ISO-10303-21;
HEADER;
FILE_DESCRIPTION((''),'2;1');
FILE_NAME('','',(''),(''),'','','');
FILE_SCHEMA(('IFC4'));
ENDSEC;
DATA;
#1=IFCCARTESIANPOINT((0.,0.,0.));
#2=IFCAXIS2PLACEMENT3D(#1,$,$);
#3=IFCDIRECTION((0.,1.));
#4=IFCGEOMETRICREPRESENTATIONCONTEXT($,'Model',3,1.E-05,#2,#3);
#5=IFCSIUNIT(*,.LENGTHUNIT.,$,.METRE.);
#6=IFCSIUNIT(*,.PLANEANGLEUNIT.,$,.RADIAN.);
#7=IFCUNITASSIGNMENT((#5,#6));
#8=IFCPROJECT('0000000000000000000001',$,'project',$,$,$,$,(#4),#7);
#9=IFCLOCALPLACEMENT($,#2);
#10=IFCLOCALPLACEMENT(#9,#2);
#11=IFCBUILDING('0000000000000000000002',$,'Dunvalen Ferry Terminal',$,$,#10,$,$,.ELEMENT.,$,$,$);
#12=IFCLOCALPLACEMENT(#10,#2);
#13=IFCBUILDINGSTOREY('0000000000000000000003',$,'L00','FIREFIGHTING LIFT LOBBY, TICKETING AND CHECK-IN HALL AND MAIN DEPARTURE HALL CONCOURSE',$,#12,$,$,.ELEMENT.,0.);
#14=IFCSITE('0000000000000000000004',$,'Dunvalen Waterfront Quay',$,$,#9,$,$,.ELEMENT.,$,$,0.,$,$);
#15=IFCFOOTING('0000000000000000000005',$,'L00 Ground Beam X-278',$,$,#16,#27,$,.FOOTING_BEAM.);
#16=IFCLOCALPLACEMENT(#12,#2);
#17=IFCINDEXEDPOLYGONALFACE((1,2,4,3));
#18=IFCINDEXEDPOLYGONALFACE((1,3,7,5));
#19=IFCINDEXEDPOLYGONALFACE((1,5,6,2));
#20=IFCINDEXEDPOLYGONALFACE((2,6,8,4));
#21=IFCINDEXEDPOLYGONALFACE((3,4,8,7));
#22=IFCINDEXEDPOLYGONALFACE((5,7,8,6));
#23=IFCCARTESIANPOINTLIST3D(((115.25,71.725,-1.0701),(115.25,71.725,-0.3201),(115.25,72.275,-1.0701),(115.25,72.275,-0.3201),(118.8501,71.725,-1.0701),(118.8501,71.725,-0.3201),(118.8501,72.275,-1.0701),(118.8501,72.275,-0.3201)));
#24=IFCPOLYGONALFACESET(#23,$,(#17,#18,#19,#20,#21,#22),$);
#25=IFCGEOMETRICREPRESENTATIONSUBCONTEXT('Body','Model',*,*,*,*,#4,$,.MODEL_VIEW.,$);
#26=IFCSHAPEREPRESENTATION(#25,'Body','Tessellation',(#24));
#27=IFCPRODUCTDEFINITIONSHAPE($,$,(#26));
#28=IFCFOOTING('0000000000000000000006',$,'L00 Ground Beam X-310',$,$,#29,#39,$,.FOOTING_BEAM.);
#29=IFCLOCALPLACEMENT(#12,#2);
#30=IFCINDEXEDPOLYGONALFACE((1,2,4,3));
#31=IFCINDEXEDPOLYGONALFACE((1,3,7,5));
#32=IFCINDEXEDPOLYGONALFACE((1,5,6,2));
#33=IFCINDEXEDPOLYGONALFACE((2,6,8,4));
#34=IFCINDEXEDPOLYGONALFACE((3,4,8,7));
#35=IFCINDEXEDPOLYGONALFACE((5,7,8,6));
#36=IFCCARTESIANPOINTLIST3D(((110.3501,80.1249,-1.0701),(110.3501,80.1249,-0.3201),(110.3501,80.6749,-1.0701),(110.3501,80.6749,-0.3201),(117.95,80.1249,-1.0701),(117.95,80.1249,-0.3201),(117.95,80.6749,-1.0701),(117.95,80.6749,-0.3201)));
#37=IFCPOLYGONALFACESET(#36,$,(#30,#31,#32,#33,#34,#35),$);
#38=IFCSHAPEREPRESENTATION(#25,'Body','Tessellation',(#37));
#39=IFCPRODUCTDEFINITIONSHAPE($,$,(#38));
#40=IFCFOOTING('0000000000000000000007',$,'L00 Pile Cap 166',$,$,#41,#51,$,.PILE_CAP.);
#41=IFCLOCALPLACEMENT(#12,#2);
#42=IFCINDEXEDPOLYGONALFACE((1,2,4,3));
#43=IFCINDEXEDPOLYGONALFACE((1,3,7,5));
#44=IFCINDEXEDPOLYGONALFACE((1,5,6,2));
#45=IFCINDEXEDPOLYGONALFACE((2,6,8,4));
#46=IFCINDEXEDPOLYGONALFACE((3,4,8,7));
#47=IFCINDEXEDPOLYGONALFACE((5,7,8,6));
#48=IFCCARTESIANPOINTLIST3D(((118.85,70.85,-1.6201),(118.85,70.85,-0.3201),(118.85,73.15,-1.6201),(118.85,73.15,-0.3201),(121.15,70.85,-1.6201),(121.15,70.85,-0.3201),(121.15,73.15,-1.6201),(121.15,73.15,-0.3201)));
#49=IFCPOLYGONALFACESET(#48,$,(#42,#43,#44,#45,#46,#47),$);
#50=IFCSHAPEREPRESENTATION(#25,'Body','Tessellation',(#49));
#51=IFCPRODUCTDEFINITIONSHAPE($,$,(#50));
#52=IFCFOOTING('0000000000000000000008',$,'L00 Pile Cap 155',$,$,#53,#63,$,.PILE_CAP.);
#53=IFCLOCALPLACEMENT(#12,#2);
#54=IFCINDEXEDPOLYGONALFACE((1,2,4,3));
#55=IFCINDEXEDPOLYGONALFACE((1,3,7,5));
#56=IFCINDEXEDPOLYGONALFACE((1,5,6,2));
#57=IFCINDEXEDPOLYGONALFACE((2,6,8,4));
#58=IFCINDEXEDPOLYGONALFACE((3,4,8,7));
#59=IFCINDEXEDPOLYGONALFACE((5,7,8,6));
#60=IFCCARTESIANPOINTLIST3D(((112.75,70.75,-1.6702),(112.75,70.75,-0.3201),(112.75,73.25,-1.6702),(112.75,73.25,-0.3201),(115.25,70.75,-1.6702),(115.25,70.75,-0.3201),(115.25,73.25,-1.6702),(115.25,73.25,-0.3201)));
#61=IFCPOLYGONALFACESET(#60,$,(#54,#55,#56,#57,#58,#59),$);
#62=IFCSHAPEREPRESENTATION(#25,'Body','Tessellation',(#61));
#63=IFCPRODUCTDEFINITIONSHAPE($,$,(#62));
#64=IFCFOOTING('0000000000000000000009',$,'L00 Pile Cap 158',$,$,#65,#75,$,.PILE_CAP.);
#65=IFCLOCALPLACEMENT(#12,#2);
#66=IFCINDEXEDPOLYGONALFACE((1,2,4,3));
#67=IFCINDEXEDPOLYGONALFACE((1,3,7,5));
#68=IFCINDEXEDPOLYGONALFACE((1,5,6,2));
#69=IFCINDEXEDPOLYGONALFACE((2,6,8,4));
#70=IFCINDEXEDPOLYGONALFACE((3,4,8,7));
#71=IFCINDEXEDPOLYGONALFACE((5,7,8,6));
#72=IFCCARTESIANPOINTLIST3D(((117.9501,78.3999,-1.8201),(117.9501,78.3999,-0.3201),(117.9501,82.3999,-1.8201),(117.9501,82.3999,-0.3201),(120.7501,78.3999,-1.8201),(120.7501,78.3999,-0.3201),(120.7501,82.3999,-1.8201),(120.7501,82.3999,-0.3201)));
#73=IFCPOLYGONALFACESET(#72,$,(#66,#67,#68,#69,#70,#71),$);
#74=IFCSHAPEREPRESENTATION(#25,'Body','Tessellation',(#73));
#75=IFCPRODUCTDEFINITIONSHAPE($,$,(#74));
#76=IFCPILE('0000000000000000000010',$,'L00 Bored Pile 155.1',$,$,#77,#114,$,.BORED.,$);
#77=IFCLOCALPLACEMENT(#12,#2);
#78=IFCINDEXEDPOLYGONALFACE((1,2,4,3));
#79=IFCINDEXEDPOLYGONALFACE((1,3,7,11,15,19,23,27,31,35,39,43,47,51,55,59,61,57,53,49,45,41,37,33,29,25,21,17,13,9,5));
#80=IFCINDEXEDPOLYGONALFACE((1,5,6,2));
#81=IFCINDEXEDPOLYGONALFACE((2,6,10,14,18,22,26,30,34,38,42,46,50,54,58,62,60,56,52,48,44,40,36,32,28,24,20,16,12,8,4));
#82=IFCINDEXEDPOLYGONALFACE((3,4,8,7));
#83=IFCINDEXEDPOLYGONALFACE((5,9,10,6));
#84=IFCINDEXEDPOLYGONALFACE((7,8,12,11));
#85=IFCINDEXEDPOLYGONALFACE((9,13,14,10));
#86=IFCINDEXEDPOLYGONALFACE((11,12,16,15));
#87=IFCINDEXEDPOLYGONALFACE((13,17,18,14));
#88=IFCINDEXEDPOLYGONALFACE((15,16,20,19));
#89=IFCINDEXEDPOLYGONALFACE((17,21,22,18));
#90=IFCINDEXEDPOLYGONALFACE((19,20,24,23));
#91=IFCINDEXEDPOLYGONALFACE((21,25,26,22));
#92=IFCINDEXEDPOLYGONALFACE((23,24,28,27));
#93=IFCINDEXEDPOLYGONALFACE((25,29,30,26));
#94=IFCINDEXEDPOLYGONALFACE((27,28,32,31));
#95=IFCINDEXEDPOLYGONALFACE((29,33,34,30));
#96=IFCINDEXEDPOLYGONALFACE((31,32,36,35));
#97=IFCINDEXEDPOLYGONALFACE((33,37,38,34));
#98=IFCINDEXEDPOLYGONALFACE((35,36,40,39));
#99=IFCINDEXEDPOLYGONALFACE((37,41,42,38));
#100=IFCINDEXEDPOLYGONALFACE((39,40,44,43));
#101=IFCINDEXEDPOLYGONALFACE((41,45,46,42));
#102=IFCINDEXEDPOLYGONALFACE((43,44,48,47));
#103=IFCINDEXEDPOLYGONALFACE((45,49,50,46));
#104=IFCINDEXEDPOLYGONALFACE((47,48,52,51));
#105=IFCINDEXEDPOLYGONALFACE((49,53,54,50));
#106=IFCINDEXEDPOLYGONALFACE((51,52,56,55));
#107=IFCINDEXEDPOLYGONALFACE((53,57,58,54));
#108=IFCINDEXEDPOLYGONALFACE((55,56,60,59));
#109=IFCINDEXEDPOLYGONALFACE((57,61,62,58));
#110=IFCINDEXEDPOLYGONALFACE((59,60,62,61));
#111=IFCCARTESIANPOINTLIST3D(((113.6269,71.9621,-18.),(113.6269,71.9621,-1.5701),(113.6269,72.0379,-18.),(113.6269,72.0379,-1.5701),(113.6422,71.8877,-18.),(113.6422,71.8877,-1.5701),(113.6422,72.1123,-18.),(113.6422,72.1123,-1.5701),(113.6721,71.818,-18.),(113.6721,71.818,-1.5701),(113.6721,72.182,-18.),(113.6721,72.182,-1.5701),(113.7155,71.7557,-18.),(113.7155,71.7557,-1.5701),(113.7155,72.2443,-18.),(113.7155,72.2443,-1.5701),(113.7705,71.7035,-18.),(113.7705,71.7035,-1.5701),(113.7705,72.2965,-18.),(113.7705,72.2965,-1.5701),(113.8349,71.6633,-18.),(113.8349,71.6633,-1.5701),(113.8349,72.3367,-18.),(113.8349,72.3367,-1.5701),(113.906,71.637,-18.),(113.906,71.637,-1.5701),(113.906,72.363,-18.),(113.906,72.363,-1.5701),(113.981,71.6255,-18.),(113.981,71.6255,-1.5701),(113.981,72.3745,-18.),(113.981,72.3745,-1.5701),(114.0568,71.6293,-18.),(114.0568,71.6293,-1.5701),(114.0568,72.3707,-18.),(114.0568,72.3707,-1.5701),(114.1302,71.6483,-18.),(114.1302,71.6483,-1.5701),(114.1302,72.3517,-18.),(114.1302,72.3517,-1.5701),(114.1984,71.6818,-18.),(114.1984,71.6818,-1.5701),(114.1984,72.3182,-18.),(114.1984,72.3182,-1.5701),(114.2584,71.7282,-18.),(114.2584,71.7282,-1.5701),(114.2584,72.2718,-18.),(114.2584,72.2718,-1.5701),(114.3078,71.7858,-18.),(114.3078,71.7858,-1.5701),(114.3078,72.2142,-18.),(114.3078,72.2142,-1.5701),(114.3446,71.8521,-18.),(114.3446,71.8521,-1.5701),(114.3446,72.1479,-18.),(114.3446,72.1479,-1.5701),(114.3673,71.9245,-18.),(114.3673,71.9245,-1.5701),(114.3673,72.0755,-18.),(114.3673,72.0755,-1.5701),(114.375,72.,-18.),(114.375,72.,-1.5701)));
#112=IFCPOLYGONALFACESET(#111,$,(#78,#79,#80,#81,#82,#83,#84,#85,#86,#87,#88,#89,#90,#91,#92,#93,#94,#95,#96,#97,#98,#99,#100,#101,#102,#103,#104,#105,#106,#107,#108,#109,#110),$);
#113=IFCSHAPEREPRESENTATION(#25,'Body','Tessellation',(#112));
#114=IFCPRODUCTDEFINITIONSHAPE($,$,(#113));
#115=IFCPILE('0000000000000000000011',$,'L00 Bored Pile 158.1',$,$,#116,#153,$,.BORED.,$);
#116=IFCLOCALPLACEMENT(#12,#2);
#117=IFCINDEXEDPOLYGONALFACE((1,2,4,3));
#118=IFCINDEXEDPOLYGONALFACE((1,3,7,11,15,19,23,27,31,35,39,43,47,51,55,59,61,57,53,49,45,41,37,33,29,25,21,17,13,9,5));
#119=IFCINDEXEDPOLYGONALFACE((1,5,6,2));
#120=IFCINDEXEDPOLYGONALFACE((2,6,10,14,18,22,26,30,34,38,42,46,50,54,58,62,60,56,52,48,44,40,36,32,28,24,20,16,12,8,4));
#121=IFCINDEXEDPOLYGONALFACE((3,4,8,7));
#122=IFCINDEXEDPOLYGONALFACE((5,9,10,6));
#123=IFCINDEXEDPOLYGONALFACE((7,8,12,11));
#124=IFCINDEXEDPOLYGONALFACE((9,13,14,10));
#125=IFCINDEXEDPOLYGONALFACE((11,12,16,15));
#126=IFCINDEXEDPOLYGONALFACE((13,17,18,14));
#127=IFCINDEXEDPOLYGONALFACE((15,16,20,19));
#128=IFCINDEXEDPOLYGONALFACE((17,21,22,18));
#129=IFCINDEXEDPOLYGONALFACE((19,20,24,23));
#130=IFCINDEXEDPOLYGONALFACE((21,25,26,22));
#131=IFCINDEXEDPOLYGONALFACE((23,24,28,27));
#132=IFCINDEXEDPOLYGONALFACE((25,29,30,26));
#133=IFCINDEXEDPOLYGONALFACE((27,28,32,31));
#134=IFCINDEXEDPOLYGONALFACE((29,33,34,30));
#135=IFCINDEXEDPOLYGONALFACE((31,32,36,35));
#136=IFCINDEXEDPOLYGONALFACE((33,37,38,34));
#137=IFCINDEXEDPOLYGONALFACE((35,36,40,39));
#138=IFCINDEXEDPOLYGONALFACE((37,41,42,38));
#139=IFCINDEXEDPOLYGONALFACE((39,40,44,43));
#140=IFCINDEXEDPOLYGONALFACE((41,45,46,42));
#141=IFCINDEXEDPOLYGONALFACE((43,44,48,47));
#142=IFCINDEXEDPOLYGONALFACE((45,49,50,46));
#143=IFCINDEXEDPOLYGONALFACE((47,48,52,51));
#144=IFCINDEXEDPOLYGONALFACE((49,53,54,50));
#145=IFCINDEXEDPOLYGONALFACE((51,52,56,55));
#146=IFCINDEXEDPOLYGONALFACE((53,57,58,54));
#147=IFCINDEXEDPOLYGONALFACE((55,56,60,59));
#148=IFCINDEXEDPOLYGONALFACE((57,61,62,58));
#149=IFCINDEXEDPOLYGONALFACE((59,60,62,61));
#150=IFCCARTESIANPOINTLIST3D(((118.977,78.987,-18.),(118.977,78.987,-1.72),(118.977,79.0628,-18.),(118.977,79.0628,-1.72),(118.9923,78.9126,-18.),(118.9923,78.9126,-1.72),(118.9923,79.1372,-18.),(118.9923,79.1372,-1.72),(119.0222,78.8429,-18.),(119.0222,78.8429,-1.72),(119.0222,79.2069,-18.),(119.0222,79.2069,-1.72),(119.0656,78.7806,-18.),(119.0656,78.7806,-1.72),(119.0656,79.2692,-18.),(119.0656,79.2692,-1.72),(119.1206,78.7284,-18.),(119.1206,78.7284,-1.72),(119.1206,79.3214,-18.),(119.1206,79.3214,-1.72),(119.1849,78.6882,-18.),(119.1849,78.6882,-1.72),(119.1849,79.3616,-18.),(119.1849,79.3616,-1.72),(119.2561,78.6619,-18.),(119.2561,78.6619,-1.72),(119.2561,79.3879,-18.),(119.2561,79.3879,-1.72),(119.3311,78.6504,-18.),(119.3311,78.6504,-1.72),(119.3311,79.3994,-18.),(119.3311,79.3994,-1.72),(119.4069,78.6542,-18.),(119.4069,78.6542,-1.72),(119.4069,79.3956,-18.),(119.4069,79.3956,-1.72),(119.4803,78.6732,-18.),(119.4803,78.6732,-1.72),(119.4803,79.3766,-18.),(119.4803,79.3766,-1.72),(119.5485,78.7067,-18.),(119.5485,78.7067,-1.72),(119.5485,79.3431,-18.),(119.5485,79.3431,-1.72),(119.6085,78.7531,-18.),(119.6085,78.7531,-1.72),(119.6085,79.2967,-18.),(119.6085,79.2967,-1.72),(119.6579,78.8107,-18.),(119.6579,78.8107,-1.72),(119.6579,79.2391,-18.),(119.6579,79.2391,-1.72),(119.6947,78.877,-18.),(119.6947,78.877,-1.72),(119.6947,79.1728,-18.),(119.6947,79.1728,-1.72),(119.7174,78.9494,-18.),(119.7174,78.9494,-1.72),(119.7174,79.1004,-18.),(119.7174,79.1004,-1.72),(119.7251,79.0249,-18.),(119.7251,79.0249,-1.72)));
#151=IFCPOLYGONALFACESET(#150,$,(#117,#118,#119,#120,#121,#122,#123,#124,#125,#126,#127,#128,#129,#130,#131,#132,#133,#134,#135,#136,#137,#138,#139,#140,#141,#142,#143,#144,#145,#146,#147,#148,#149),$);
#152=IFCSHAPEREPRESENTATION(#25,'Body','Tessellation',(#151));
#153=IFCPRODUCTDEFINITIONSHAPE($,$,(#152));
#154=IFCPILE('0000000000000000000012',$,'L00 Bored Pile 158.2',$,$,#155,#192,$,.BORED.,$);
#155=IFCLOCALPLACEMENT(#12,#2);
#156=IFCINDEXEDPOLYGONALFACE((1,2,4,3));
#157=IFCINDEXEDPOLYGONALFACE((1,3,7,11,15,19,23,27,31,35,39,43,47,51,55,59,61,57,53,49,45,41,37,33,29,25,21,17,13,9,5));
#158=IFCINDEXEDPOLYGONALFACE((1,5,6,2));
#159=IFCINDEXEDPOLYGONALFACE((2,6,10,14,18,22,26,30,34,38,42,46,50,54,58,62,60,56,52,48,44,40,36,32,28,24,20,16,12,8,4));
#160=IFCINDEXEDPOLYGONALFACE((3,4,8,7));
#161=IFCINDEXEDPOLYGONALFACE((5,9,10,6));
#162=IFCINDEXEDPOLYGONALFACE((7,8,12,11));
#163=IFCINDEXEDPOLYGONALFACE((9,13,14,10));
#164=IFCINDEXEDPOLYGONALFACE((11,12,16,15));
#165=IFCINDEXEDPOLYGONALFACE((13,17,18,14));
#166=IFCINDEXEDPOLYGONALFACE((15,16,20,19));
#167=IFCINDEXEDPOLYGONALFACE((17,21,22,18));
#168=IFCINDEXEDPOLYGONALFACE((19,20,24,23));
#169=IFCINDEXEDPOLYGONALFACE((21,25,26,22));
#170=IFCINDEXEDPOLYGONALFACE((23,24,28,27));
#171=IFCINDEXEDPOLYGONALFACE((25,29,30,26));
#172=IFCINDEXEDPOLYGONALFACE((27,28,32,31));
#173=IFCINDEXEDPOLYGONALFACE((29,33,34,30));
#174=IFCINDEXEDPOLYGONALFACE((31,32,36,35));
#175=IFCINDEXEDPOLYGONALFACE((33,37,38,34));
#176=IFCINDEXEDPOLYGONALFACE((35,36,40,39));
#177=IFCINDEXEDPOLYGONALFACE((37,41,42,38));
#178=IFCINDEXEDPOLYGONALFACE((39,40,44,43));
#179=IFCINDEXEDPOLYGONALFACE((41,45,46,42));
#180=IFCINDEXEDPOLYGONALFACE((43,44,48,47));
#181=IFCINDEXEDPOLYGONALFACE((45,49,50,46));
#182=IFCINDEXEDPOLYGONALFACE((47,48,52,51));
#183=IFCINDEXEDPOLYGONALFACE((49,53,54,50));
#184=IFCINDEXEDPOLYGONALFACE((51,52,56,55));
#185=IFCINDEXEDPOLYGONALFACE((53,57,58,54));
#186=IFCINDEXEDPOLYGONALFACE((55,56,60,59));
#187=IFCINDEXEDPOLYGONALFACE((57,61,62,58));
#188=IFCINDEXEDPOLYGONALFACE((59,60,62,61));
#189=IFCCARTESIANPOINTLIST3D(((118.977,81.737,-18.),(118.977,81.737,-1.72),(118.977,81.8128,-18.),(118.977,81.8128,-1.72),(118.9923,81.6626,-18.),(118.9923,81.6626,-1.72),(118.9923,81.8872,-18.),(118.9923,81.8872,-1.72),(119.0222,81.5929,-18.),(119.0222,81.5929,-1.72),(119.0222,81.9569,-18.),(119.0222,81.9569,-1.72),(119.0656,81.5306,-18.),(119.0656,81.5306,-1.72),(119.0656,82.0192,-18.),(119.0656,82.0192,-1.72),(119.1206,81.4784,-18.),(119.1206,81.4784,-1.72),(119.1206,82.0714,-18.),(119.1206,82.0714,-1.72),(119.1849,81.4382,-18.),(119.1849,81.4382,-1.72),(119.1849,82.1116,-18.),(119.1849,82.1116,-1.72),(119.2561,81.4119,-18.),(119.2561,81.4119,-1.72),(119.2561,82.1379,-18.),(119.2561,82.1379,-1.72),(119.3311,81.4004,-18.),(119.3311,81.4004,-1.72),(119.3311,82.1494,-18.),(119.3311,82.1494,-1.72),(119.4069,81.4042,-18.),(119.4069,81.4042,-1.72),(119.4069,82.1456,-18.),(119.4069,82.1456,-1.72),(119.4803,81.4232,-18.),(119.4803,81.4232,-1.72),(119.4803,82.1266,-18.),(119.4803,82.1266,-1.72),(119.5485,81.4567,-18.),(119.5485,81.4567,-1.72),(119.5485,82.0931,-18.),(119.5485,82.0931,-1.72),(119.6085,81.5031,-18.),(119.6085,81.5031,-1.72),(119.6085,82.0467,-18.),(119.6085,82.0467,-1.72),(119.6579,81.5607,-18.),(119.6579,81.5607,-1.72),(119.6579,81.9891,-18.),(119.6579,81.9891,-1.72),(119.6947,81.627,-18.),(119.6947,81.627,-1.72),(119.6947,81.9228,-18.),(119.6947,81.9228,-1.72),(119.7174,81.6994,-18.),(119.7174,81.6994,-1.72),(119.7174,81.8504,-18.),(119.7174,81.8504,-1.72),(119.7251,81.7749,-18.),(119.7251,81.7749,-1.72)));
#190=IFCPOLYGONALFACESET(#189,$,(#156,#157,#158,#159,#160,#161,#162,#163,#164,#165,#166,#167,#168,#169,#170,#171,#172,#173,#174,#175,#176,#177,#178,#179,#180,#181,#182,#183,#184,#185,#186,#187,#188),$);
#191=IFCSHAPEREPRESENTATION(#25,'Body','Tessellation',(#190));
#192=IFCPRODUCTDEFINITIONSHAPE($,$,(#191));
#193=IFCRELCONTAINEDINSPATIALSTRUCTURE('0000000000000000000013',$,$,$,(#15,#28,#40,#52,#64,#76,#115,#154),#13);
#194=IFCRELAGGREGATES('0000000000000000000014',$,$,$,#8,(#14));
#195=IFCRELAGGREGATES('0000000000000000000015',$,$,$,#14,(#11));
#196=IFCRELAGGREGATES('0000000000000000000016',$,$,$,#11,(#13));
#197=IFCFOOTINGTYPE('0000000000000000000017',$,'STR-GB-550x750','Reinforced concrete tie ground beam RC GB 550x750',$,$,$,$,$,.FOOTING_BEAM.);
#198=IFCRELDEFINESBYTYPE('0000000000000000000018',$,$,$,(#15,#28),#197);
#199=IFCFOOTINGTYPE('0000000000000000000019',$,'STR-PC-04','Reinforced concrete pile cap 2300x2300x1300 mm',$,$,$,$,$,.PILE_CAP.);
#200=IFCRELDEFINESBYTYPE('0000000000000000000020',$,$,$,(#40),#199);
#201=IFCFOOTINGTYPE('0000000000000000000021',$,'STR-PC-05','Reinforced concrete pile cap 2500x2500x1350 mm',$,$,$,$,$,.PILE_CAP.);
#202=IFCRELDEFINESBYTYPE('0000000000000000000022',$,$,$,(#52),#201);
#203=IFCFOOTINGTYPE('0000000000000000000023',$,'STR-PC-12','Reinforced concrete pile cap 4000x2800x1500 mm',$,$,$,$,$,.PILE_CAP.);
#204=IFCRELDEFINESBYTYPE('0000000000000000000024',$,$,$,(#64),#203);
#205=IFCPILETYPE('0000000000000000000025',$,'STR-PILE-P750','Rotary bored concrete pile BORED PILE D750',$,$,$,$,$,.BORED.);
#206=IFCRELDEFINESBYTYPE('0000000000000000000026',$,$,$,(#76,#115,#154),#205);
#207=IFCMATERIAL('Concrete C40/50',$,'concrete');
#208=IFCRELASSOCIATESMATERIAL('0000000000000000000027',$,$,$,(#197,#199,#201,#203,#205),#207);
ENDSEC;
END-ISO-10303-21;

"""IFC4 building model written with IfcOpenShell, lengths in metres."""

from ifc_helpers import new_model, si_unit, direction, frame, origin, origin_2d, place, context, subcontext, project, spatial, rectangle, circle, extrude, material, material_profile, profile_set, type_object, element, save


model = new_model("IFC4")

# Units and contexts
model_context = context("Model", 3, precision=1e-05, world=origin(), true_north=direction((0.0, 1.0)))
body_context = subcontext(model_context, "Body", "Model", "MODEL_VIEW")
ifc_project = project(units=[si_unit("LENGTHUNIT", "METRE"), si_unit("PLANEANGLEUNIT", "RADIAN")], contexts=[model_context])

# Site, building, storey
site_placement = place(None, origin())
site = spatial("IfcSite", under=ifc_project, at=site_placement, Name="Dunvalen Waterfront Quay", CompositionType="ELEMENT", RefElevation=0.0)
building_placement = place(site_placement, origin())
building = spatial("IfcBuilding", under=site, at=building_placement, Name="Dunvalen Ferry Terminal", CompositionType="ELEMENT")
storey_placement = place(building_placement, origin())
storey = spatial("IfcBuildingStorey", under=building, at=storey_placement, Name="L00", Description="FIREFIGHTING LIFT LOBBY, TICKETING AND CHECK-IN HALL AND MAIN DEPARTURE HALL CONCOURSE", CompositionType="ELEMENT", Elevation=0.0)

# Footings
ifc_material_1 = material(Name="Concrete C40/50", Category="concrete")
ifc_material_profile_1 = material_profile(ifc_material_1, rectangle(XDim=0.55, YDim=0.75, at=origin_2d()), Name="Concrete C40/50")
ifc_profile_set_1 = profile_set([ifc_material_profile_1], Name="Concrete C40/50")
footing_type_1 = type_object("IfcFootingType", Name="STR-GB-550x750", Description="Reinforced concrete tie ground beam RC GB 550x750", PredefinedType="FOOTING_BEAM", material=ifc_profile_set_1)
footing_1_placement = place(storey_placement, frame((115.25, 72.0, -0.6951), z_axis=(1.0, 0.0, 0.0), x_axis=(0.0, 1.0, 0.0)))
element("IfcFooting", 1, at=footing_1_placement, inside=storey, type_object=footing_type_1, Name="L00 Ground Beam X-278", PredefinedType="FOOTING_BEAM", context=body_context, shape_type="SweptSolid", body=[
    extrude(rectangle(XDim=0.55, YDim=0.75, at=origin_2d()), origin(), (0.0, 0.0, 1.0), 3.6001),
])
footing_2_placement = place(storey_placement, frame((110.3501, 80.3999, -0.6951), z_axis=(1.0, 0.0, 0.0), x_axis=(0.0, 1.0, 0.0)))
element("IfcFooting", 2, at=footing_2_placement, inside=storey, type_object=footing_type_1, Name="L00 Ground Beam X-310", PredefinedType="FOOTING_BEAM", context=body_context, shape_type="SweptSolid", body=[
    extrude(rectangle(XDim=0.55, YDim=0.75, at=origin_2d()), origin(), (0.0, 0.0, 1.0), 7.5999),
])
footing_type_2 = type_object("IfcFootingType", Name="STR-PC-04", Description="Reinforced concrete pile cap 2300x2300x1300 mm", PredefinedType="PILE_CAP", material=ifc_material_1)
footing_3_placement = place(storey_placement, frame((120.0, 72.0, -1.6201), z_axis=(0.0, 0.0, 1.0), x_axis=(1.0, 0.0, 0.0)))
element("IfcFooting", 3, at=footing_3_placement, inside=storey, type_object=footing_type_2, Name="L00 Pile Cap 166", PredefinedType="PILE_CAP", context=body_context, shape_type="SweptSolid", body=[
    extrude(rectangle(XDim=2.3, YDim=2.3, at=origin_2d()), origin(), (0.0, 0.0, 1.0), 1.3),
])
footing_type_3 = type_object("IfcFootingType", Name="STR-PC-05", Description="Reinforced concrete pile cap 2500x2500x1350 mm", PredefinedType="PILE_CAP", material=ifc_material_1)
footing_4_placement = place(storey_placement, frame((114.0, 72.0, -1.6702), z_axis=(0.0, 0.0, 1.0), x_axis=(1.0, 0.0, 0.0)))
element("IfcFooting", 4, at=footing_4_placement, inside=storey, type_object=footing_type_3, Name="L00 Pile Cap 155", PredefinedType="PILE_CAP", context=body_context, shape_type="SweptSolid", body=[
    extrude(rectangle(XDim=2.5, YDim=2.5, at=origin_2d()), origin(), (0.0, 0.0, 1.0), 1.3501),
])
footing_type_4 = type_object("IfcFootingType", Name="STR-PC-12", Description="Reinforced concrete pile cap 4000x2800x1500 mm", PredefinedType="PILE_CAP", material=ifc_material_1)
footing_5_placement = place(storey_placement, frame((119.3501, 80.3999, -1.8201), z_axis=(0.0, 0.0, 1.0), x_axis=(0.0, 1.0, 0.0)))
element("IfcFooting", 5, at=footing_5_placement, inside=storey, type_object=footing_type_4, Name="L00 Pile Cap 158", PredefinedType="PILE_CAP", context=body_context, shape_type="SweptSolid", body=[
    extrude(rectangle(XDim=4.0, YDim=2.8, at=origin_2d()), origin(), (0.0, 0.0, 1.0), 1.5),
])

# Piles
ifc_material_profile_2 = material_profile(ifc_material_1, circle(Radius=0.375, at=origin_2d()), Name="Concrete C40/50")
ifc_profile_set_2 = profile_set([ifc_material_profile_2], Name="Concrete C40/50")
pile_type_1 = type_object("IfcPileType", Name="STR-PILE-P750", Description="Rotary bored concrete pile BORED PILE D750", PredefinedType="BORED", material=ifc_profile_set_2)
pile_1_placement = place(storey_placement, frame((114.0, 72.0, -1.5701), z_axis=(0.0, 0.0, -1.0), x_axis=(1.0, 0.0, 0.0)))
element("IfcPile", 6, at=pile_1_placement, inside=storey, type_object=pile_type_1, Name="L00 Bored Pile 155.1", PredefinedType="BORED", context=body_context, shape_type="SweptSolid", body=[
    extrude(circle(Radius=0.375, at=origin_2d()), origin(), (0.0, 0.0, 1.0), 16.4299),
])
for number, where, z_axis, x_axis, name in (
    (7, (119.3501, 79.0249, -1.72), (0.0, 0.0, -1.0), (1.0, 0.0, 0.0), "L00 Bored Pile 158.1"),
    (8, (119.3501, 81.7749, -1.72), (0.0, 0.0, -1.0), (1.0, 0.0, 0.0), "L00 Bored Pile 158.2"),
):
    element("IfcPile", number, at=place(storey_placement, frame(where, z_axis=z_axis, x_axis=x_axis)), inside=storey, type_object=pile_type_1, Name=name, PredefinedType="BORED", context=body_context, shape_type="SweptSolid", body=[
        extrude(circle(Radius=0.375, at=origin_2d()), origin(), (0.0, 0.0, 1.0), 16.28),
    ])

save(model, "model.ifc")
